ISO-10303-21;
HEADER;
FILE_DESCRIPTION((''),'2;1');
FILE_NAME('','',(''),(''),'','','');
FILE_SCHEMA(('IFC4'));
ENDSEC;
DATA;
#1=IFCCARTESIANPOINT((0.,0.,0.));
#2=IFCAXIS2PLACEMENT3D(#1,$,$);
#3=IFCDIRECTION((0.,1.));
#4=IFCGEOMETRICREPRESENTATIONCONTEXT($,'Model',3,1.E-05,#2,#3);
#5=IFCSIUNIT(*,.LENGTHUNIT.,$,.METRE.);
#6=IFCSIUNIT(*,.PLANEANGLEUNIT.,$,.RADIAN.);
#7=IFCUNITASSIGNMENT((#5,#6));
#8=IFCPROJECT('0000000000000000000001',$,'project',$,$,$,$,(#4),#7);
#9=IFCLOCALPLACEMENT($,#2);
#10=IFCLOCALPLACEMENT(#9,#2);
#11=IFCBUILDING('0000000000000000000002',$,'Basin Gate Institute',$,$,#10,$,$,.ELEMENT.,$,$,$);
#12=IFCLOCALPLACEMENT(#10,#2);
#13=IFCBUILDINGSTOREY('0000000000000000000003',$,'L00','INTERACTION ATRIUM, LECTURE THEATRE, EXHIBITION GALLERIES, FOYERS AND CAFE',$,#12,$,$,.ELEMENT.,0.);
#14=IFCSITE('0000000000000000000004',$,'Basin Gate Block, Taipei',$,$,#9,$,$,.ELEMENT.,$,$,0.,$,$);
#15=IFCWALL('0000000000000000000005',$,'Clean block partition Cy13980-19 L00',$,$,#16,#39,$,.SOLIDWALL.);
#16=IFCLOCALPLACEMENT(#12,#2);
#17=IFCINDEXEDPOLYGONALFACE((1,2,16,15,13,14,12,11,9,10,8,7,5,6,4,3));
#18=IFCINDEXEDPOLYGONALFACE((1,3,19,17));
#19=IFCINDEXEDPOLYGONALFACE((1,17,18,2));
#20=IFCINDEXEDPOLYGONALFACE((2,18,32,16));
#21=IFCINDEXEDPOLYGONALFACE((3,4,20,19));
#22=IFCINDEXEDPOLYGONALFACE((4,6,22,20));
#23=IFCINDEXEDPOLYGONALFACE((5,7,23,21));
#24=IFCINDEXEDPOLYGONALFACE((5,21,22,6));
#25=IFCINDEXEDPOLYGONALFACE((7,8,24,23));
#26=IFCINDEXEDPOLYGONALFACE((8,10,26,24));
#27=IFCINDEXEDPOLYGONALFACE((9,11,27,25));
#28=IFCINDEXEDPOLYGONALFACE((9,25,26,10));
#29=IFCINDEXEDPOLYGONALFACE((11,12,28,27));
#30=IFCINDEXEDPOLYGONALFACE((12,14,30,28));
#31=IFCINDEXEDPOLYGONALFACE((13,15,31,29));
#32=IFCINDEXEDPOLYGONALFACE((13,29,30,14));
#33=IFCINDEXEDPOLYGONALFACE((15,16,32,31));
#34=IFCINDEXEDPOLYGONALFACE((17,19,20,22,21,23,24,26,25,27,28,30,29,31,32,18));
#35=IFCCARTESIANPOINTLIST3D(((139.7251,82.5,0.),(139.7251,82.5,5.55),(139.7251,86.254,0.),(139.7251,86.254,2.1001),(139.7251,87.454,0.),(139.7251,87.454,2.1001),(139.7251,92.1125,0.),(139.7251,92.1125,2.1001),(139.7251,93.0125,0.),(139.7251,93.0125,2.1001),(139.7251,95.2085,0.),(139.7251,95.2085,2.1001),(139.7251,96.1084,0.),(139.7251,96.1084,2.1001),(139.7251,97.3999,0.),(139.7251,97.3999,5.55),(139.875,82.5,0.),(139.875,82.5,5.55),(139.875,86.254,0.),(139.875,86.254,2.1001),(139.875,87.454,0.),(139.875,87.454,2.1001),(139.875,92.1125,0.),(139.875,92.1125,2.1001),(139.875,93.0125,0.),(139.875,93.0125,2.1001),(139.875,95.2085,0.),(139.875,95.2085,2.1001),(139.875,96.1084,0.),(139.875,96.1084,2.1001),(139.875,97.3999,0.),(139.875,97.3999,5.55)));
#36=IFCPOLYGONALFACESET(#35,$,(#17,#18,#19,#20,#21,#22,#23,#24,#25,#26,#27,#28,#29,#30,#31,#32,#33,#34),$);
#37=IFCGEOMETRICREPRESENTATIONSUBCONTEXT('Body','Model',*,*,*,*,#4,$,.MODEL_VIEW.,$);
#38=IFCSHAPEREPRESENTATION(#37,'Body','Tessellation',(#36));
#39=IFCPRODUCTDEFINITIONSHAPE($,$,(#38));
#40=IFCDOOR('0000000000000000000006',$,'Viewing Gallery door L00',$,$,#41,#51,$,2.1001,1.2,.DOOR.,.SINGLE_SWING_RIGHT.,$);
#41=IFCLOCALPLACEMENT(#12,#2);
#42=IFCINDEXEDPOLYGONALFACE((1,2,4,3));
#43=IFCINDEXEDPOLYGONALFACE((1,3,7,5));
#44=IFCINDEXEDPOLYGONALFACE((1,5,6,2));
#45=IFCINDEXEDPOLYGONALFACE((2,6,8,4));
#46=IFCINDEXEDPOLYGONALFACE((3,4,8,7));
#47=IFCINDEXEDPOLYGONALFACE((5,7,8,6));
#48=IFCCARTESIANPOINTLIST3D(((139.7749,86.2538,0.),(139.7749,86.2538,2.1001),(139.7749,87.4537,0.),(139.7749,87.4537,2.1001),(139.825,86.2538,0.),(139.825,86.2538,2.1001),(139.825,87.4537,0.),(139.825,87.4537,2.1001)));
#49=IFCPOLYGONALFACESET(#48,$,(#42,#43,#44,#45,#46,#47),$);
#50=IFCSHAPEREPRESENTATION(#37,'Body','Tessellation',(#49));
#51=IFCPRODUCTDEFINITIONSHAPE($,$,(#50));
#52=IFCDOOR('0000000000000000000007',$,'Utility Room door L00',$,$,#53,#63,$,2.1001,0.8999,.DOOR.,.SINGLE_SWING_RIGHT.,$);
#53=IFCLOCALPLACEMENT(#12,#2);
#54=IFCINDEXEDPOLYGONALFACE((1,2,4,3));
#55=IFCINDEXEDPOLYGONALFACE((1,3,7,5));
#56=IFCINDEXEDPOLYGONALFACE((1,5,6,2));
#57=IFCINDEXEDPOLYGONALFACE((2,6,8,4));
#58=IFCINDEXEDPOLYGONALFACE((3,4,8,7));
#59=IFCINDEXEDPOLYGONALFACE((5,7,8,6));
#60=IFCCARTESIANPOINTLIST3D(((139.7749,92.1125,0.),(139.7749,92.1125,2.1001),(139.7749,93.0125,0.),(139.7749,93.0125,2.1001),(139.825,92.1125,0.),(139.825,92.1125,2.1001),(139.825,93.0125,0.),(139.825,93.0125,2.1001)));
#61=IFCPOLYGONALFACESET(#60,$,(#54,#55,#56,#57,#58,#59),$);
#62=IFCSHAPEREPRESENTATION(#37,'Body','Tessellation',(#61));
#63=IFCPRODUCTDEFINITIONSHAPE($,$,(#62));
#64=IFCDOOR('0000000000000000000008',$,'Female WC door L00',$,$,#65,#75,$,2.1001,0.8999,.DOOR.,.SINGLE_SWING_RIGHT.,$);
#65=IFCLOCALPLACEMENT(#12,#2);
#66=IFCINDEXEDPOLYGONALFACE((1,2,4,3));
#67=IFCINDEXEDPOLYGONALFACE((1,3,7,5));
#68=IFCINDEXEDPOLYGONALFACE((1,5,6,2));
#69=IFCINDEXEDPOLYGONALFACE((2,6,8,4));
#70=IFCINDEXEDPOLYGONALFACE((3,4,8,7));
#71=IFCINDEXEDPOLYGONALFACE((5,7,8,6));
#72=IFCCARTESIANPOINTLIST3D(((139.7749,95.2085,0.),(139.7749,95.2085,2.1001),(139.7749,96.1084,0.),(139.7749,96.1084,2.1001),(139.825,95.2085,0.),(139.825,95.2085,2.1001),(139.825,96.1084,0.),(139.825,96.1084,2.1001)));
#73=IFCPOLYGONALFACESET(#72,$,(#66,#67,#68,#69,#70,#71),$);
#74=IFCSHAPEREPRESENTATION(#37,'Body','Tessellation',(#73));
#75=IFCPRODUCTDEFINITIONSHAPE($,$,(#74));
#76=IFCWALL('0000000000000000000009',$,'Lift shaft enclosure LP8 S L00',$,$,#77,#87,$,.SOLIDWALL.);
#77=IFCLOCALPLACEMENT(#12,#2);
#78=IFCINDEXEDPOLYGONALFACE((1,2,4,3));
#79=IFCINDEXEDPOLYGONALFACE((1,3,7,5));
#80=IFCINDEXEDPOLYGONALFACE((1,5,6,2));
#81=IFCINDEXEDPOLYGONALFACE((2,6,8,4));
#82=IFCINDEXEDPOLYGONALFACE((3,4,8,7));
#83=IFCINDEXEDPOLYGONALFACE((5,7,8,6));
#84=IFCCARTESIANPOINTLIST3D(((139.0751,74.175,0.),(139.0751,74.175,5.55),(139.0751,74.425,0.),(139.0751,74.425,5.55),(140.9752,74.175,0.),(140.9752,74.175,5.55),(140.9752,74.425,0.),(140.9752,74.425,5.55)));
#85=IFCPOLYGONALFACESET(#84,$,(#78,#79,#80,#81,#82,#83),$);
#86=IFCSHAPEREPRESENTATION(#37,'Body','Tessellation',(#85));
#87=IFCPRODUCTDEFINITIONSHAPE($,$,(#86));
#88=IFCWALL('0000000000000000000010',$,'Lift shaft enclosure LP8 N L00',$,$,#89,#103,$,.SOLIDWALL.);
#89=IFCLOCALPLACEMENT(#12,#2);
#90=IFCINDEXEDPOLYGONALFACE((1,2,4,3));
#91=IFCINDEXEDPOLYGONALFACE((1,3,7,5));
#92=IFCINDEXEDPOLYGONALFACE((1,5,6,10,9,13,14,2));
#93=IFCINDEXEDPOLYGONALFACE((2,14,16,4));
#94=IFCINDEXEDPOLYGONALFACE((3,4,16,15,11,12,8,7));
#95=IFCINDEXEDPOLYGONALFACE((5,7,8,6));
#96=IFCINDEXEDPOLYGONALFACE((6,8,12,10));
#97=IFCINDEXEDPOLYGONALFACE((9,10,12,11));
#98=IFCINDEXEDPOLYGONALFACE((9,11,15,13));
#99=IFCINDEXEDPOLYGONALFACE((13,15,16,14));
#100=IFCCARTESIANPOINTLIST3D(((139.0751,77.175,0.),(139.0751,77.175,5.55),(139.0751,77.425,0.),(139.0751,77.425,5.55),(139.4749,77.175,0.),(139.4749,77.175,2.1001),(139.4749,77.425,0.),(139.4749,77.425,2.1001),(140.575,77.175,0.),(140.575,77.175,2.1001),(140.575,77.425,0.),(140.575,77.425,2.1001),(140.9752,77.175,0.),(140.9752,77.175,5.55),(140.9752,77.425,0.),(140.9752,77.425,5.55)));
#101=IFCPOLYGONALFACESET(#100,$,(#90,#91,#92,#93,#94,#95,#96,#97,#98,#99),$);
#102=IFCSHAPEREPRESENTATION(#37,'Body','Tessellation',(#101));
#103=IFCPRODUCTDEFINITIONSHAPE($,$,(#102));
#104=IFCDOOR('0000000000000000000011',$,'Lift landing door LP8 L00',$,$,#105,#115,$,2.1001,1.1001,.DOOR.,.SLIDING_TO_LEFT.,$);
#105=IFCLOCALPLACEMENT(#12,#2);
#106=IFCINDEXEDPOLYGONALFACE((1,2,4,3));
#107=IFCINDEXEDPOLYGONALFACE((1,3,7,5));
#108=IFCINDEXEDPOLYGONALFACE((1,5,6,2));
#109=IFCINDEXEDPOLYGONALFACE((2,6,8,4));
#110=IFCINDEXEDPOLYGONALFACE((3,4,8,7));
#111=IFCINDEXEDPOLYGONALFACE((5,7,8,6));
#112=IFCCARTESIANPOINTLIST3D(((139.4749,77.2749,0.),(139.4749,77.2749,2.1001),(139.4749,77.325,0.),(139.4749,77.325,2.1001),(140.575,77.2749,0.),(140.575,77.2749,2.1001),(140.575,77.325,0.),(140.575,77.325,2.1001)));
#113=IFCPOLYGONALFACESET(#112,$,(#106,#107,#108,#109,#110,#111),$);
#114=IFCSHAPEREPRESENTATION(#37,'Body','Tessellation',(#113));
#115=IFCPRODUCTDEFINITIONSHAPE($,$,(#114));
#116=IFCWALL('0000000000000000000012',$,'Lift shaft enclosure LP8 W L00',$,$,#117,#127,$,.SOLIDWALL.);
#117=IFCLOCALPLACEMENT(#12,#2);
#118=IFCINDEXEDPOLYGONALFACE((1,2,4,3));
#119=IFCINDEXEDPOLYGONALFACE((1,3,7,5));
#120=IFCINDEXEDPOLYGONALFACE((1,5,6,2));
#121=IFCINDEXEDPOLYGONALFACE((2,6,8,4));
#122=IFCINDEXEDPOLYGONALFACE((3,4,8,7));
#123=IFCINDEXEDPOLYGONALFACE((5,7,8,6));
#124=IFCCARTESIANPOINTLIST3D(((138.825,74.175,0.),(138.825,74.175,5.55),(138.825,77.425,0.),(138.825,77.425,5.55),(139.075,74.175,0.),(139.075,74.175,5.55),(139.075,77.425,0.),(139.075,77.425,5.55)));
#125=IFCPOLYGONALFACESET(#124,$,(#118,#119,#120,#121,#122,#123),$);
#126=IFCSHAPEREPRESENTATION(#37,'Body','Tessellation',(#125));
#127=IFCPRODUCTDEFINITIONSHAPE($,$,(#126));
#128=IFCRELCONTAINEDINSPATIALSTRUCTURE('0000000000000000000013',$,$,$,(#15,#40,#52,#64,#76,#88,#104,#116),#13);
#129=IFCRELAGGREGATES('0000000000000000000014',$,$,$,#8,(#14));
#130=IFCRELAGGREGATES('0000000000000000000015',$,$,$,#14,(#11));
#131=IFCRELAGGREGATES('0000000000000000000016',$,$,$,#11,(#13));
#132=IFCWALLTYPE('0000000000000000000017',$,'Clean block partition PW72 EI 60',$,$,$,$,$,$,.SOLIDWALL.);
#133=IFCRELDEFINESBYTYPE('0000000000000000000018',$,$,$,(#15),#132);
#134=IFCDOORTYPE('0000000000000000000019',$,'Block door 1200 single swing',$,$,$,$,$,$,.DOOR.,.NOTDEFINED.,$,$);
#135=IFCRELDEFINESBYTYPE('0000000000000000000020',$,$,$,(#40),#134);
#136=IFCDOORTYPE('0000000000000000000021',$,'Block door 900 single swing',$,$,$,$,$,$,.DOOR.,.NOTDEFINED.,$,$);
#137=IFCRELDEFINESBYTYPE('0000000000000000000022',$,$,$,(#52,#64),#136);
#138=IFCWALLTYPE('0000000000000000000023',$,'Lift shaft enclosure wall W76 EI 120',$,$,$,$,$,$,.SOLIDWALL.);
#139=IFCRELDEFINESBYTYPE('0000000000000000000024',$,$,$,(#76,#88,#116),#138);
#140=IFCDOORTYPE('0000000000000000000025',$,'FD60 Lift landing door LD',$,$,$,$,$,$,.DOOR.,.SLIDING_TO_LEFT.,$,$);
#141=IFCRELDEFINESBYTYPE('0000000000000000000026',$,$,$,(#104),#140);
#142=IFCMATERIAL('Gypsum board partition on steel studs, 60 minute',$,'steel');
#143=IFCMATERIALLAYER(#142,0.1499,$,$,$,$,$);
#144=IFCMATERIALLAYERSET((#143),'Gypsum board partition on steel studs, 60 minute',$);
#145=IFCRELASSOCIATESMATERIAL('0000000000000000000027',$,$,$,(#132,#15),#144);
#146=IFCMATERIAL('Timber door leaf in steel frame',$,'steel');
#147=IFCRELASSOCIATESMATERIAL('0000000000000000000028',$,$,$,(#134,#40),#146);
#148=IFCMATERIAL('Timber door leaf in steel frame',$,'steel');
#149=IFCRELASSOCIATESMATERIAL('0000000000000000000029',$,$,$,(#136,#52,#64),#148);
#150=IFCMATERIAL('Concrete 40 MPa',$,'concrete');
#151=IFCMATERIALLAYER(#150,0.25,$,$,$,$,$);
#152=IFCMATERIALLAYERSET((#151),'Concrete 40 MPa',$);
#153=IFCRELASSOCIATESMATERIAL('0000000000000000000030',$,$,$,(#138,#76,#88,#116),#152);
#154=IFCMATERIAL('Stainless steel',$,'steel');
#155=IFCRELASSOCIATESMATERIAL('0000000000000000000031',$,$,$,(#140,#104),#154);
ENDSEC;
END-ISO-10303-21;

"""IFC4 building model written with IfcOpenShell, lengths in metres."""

from ifc_helpers import new_model, si_unit, direction, frame, frame_2d, origin, place, context, subcontext, project, spatial, rectangle, extrude, material, layer, layer_set, type_object, element, fill, save


model = new_model("IFC4")

# Units and contexts
model_context = context("Model", 3, precision=1e-05, world=origin(), true_north=direction((0.0, 1.0)))
body_context = subcontext(model_context, "Body", "Model", "MODEL_VIEW")
ifc_project = project(units=[si_unit("LENGTHUNIT", "METRE"), si_unit("PLANEANGLEUNIT", "RADIAN")], contexts=[model_context])

# Site, building, storey
site_placement = place(None, origin())
site = spatial("IfcSite", under=ifc_project, at=site_placement, Name="Basin Gate Block, Taipei", CompositionType="ELEMENT", RefElevation=0.0)
building_placement = place(site_placement, origin())
building = spatial("IfcBuilding", under=site, at=building_placement, Name="Basin Gate Institute", CompositionType="ELEMENT")
storey_placement = place(building_placement, origin())
storey = spatial("IfcBuildingStorey", under=building, at=storey_placement, Name="L00", Description="INTERACTION ATRIUM, LECTURE THEATRE, EXHIBITION GALLERIES, FOYERS AND CAFE", CompositionType="ELEMENT", Elevation=0.0)

# Shared definitions
ifc_material_1 = material(Name="Gypsum board partition on steel studs, 60 minute", Category="steel")
ifc_layer_1 = layer(ifc_material_1, 0.1499)
ifc_layer_set_1 = layer_set([ifc_layer_1], Name="Gypsum board partition on steel studs, 60 minute")
wall_type_1 = type_object("IfcWallType", Name="Clean block partition PW72 EI 60", PredefinedType="SOLIDWALL", material=ifc_layer_set_1)

# Wall, openings, doors
ifc_material_2 = material(Name="Timber door leaf in steel frame", Category="steel")
door_type_1 = type_object("IfcDoorType", Name="Block door 1200 single swing", OperationType="NOTDEFINED", PredefinedType="DOOR", material=ifc_material_2)
wall_1_placement = place(storey_placement, frame((139.8, 82.5, 0.0), z_axis=(0.0, 0.0, 1.0), x_axis=(0.0, 1.0, 0.0)))
wall_1 = element("IfcWall", 1, at=wall_1_placement, inside=storey, type_object=wall_type_1, material=ifc_layer_set_1, Name="Clean block partition Cy13980-19 L00", PredefinedType="SOLIDWALL", context=body_context, shape_type="SweptSolid", body=[
    extrude(rectangle(XDim=14.8999, YDim=0.1499, at=frame_2d((7.45, 0.0))), origin(), (0.0, 0.0, 1.0), 5.55),
])
opening_1_placement = place(wall_1_placement, frame((3.7539, 0.0, 0.0)))
opening_1 = element("IfcOpeningElement", 2, at=opening_1_placement, cuts=wall_1, PredefinedType="OPENING", context=body_context, shape_type="SweptSolid", body=[
    extrude(rectangle(XDim=1.2, YDim=2.1001, at=frame_2d((0.6001, 1.05))), frame((0.0, 0.085, 0.0), z_axis=(0.0, -1.0, 0.0), x_axis=(1.0, 0.0, 0.0)), (0.0, 0.0, 1.0), 0.1699),
])
opening_2_placement = place(wall_1_placement, frame((9.6125, 0.0, 0.0)))
opening_2 = element("IfcOpeningElement", 3, at=opening_2_placement, cuts=wall_1, PredefinedType="OPENING", context=body_context, shape_type="SweptSolid", body=[
    extrude(rectangle(XDim=0.8999, YDim=2.1001, at=frame_2d((0.45, 1.05))), frame((0.0, 0.085, 0.0), z_axis=(0.0, -1.0, 0.0), x_axis=(1.0, 0.0, 0.0)), (0.0, 0.0, 1.0), 0.1699),
])
opening_3_placement = place(wall_1_placement, frame((12.7085, 0.0, 0.0)))
opening_3 = element("IfcOpeningElement", 4, at=opening_3_placement, cuts=wall_1, PredefinedType="OPENING", context=body_context, shape_type="SweptSolid", body=[
    extrude(rectangle(XDim=0.8999, YDim=2.1001, at=frame_2d((0.45, 1.05))), frame((0.0, 0.085, 0.0), z_axis=(0.0, -1.0, 0.0), x_axis=(1.0, 0.0, 0.0)), (0.0, 0.0, 1.0), 0.1699),
])
door_1_placement = place(opening_1_placement, frame((1.2, 0.0, 0.0), z_axis=(0.0, 0.0, 1.0), x_axis=(-1.0, 0.0, 0.0)))
door_1 = element("IfcDoor", 5, at=door_1_placement, inside=storey, type_object=door_type_1, material=ifc_material_2, Name="Viewing Gallery door L00", OperationType="SINGLE_SWING_RIGHT", OverallHeight=2.1001, OverallWidth=1.2, PredefinedType="DOOR", context=body_context, shape_type="SweptSolid", body=[
    extrude(rectangle(XDim=1.2, YDim=2.1001, at=frame_2d((0.6001, 1.05))), frame((0.0, 0.0249, 0.0), z_axis=(0.0, -1.0, 0.0), x_axis=(1.0, 0.0, 0.0)), (0.0, 0.0, 1.0), 0.05),
])
fill(opening_1, door_1)
ifc_material_3 = material(Name="Timber door leaf in steel frame", Category="steel")
door_type_2 = type_object("IfcDoorType", Name="Block door 900 single swing", OperationType="NOTDEFINED", PredefinedType="DOOR", material=ifc_material_3)
door_2_placement = place(opening_2_placement, frame((0.8999, 0.0, 0.0), z_axis=(0.0, 0.0, 1.0), x_axis=(-1.0, 0.0, 0.0)))
door_2 = element("IfcDoor", 6, at=door_2_placement, inside=storey, type_object=door_type_2, material=ifc_material_3, Name="Utility Room door L00", OperationType="SINGLE_SWING_RIGHT", OverallHeight=2.1001, OverallWidth=0.8999, PredefinedType="DOOR", context=body_context, shape_type="SweptSolid", body=[
    extrude(rectangle(XDim=0.8999, YDim=2.1001, at=frame_2d((0.45, 1.05))), frame((0.0, 0.0249, 0.0), z_axis=(0.0, -1.0, 0.0), x_axis=(1.0, 0.0, 0.0)), (0.0, 0.0, 1.0), 0.05),
])
fill(opening_2, door_2)
door_3_placement = place(opening_3_placement, frame((0.8999, 0.0, 0.0), z_axis=(0.0, 0.0, 1.0), x_axis=(-1.0, 0.0, 0.0)))
door_3 = element("IfcDoor", 7, at=door_3_placement, inside=storey, type_object=door_type_2, material=ifc_material_3, Name="Female WC door L00", OperationType="SINGLE_SWING_RIGHT", OverallHeight=2.1001, OverallWidth=0.8999, PredefinedType="DOOR", context=body_context, shape_type="SweptSolid", body=[
    extrude(rectangle(XDim=0.8999, YDim=2.1001, at=frame_2d((0.45, 1.05))), frame((0.0, 0.0249, 0.0), z_axis=(0.0, -1.0, 0.0), x_axis=(1.0, 0.0, 0.0)), (0.0, 0.0, 1.0), 0.05),
])
fill(opening_3, door_3)

# Wall
ifc_material_4 = material(Name="Concrete 40 MPa", Category="concrete")
ifc_layer_2 = layer(ifc_material_4, 0.25)
ifc_layer_set_2 = layer_set([ifc_layer_2], Name="Concrete 40 MPa")
wall_type_2 = type_object("IfcWallType", Name="Lift shaft enclosure wall W76 EI 120", PredefinedType="SOLIDWALL", material=ifc_layer_set_2)
wall_2_placement = place(storey_placement, frame((139.075, 74.3, 0.0), z_axis=(0.0, 0.0, 1.0), x_axis=(1.0, 0.0, 0.0)))
element("IfcWall", 8, at=wall_2_placement, inside=storey, type_object=wall_type_2, material=ifc_layer_set_2, Name="Lift shaft enclosure LP8 S L00", PredefinedType="SOLIDWALL", context=body_context, shape_type="SweptSolid", body=[
    extrude(rectangle(XDim=1.9001, YDim=0.25, at=frame_2d((0.9502, 0.0))), origin(), (0.0, 0.0, 1.0), 5.55),
])

# Wall, opening, door
wall_3_placement = place(storey_placement, frame((139.075, 77.3, 0.0), z_axis=(0.0, 0.0, 1.0), x_axis=(1.0, 0.0, 0.0)))
wall_3 = element("IfcWall", 9, at=wall_3_placement, inside=storey, type_object=wall_type_2, material=ifc_layer_set_2, Name="Lift shaft enclosure LP8 N L00", PredefinedType="SOLIDWALL", context=body_context, shape_type="SweptSolid", body=[
    extrude(rectangle(XDim=1.9001, YDim=0.25, at=frame_2d((0.9502, 0.0))), origin(), (0.0, 0.0, 1.0), 5.55),
])
opening_4_placement = place(wall_3_placement, frame((0.3999, 0.0, 0.0)))
opening_4 = element("IfcOpeningElement", 10, at=opening_4_placement, cuts=wall_3, PredefinedType="OPENING", context=body_context, shape_type="SweptSolid", body=[
    extrude(rectangle(XDim=1.1001, YDim=2.1001, at=frame_2d((0.55, 1.05))), frame((0.0, 0.135, 0.0), z_axis=(0.0, -1.0, 0.0), x_axis=(1.0, 0.0, 0.0)), (0.0, 0.0, 1.0), 0.27),
])
ifc_material_5 = material(Name="Stainless steel", Category="steel")
door_type_3 = type_object("IfcDoorType", Name="FD60 Lift landing door LD", OperationType="SLIDING_TO_LEFT", PredefinedType="DOOR", material=ifc_material_5)
door_4_placement = place(opening_4_placement, origin())
door_4 = element("IfcDoor", 11, at=door_4_placement, inside=storey, type_object=door_type_3, material=ifc_material_5, Name="Lift landing door LP8 L00", OperationType="SLIDING_TO_LEFT", OverallHeight=2.1001, OverallWidth=1.1001, PredefinedType="DOOR", context=body_context, shape_type="SweptSolid", body=[
    extrude(rectangle(XDim=1.1001, YDim=2.1001, at=frame_2d((0.55, 1.05))), frame((0.0, 0.0249, 0.0), z_axis=(0.0, -1.0, 0.0), x_axis=(1.0, 0.0, 0.0)), (0.0, 0.0, 1.0), 0.05),
])
fill(opening_4, door_4)

# Wall
wall_4_placement = place(storey_placement, frame((138.95, 74.175, 0.0), z_axis=(0.0, 0.0, 1.0), x_axis=(0.0, 1.0, 0.0)))
element("IfcWall", 12, at=wall_4_placement, inside=storey, type_object=wall_type_2, material=ifc_layer_set_2, Name="Lift shaft enclosure LP8 W L00", PredefinedType="SOLIDWALL", context=body_context, shape_type="SweptSolid", body=[
    extrude(rectangle(XDim=3.25, YDim=0.25, at=frame_2d((1.625, 0.0))), origin(), (0.0, 0.0, 1.0), 5.55),
])

save(model, "model.ifc")
